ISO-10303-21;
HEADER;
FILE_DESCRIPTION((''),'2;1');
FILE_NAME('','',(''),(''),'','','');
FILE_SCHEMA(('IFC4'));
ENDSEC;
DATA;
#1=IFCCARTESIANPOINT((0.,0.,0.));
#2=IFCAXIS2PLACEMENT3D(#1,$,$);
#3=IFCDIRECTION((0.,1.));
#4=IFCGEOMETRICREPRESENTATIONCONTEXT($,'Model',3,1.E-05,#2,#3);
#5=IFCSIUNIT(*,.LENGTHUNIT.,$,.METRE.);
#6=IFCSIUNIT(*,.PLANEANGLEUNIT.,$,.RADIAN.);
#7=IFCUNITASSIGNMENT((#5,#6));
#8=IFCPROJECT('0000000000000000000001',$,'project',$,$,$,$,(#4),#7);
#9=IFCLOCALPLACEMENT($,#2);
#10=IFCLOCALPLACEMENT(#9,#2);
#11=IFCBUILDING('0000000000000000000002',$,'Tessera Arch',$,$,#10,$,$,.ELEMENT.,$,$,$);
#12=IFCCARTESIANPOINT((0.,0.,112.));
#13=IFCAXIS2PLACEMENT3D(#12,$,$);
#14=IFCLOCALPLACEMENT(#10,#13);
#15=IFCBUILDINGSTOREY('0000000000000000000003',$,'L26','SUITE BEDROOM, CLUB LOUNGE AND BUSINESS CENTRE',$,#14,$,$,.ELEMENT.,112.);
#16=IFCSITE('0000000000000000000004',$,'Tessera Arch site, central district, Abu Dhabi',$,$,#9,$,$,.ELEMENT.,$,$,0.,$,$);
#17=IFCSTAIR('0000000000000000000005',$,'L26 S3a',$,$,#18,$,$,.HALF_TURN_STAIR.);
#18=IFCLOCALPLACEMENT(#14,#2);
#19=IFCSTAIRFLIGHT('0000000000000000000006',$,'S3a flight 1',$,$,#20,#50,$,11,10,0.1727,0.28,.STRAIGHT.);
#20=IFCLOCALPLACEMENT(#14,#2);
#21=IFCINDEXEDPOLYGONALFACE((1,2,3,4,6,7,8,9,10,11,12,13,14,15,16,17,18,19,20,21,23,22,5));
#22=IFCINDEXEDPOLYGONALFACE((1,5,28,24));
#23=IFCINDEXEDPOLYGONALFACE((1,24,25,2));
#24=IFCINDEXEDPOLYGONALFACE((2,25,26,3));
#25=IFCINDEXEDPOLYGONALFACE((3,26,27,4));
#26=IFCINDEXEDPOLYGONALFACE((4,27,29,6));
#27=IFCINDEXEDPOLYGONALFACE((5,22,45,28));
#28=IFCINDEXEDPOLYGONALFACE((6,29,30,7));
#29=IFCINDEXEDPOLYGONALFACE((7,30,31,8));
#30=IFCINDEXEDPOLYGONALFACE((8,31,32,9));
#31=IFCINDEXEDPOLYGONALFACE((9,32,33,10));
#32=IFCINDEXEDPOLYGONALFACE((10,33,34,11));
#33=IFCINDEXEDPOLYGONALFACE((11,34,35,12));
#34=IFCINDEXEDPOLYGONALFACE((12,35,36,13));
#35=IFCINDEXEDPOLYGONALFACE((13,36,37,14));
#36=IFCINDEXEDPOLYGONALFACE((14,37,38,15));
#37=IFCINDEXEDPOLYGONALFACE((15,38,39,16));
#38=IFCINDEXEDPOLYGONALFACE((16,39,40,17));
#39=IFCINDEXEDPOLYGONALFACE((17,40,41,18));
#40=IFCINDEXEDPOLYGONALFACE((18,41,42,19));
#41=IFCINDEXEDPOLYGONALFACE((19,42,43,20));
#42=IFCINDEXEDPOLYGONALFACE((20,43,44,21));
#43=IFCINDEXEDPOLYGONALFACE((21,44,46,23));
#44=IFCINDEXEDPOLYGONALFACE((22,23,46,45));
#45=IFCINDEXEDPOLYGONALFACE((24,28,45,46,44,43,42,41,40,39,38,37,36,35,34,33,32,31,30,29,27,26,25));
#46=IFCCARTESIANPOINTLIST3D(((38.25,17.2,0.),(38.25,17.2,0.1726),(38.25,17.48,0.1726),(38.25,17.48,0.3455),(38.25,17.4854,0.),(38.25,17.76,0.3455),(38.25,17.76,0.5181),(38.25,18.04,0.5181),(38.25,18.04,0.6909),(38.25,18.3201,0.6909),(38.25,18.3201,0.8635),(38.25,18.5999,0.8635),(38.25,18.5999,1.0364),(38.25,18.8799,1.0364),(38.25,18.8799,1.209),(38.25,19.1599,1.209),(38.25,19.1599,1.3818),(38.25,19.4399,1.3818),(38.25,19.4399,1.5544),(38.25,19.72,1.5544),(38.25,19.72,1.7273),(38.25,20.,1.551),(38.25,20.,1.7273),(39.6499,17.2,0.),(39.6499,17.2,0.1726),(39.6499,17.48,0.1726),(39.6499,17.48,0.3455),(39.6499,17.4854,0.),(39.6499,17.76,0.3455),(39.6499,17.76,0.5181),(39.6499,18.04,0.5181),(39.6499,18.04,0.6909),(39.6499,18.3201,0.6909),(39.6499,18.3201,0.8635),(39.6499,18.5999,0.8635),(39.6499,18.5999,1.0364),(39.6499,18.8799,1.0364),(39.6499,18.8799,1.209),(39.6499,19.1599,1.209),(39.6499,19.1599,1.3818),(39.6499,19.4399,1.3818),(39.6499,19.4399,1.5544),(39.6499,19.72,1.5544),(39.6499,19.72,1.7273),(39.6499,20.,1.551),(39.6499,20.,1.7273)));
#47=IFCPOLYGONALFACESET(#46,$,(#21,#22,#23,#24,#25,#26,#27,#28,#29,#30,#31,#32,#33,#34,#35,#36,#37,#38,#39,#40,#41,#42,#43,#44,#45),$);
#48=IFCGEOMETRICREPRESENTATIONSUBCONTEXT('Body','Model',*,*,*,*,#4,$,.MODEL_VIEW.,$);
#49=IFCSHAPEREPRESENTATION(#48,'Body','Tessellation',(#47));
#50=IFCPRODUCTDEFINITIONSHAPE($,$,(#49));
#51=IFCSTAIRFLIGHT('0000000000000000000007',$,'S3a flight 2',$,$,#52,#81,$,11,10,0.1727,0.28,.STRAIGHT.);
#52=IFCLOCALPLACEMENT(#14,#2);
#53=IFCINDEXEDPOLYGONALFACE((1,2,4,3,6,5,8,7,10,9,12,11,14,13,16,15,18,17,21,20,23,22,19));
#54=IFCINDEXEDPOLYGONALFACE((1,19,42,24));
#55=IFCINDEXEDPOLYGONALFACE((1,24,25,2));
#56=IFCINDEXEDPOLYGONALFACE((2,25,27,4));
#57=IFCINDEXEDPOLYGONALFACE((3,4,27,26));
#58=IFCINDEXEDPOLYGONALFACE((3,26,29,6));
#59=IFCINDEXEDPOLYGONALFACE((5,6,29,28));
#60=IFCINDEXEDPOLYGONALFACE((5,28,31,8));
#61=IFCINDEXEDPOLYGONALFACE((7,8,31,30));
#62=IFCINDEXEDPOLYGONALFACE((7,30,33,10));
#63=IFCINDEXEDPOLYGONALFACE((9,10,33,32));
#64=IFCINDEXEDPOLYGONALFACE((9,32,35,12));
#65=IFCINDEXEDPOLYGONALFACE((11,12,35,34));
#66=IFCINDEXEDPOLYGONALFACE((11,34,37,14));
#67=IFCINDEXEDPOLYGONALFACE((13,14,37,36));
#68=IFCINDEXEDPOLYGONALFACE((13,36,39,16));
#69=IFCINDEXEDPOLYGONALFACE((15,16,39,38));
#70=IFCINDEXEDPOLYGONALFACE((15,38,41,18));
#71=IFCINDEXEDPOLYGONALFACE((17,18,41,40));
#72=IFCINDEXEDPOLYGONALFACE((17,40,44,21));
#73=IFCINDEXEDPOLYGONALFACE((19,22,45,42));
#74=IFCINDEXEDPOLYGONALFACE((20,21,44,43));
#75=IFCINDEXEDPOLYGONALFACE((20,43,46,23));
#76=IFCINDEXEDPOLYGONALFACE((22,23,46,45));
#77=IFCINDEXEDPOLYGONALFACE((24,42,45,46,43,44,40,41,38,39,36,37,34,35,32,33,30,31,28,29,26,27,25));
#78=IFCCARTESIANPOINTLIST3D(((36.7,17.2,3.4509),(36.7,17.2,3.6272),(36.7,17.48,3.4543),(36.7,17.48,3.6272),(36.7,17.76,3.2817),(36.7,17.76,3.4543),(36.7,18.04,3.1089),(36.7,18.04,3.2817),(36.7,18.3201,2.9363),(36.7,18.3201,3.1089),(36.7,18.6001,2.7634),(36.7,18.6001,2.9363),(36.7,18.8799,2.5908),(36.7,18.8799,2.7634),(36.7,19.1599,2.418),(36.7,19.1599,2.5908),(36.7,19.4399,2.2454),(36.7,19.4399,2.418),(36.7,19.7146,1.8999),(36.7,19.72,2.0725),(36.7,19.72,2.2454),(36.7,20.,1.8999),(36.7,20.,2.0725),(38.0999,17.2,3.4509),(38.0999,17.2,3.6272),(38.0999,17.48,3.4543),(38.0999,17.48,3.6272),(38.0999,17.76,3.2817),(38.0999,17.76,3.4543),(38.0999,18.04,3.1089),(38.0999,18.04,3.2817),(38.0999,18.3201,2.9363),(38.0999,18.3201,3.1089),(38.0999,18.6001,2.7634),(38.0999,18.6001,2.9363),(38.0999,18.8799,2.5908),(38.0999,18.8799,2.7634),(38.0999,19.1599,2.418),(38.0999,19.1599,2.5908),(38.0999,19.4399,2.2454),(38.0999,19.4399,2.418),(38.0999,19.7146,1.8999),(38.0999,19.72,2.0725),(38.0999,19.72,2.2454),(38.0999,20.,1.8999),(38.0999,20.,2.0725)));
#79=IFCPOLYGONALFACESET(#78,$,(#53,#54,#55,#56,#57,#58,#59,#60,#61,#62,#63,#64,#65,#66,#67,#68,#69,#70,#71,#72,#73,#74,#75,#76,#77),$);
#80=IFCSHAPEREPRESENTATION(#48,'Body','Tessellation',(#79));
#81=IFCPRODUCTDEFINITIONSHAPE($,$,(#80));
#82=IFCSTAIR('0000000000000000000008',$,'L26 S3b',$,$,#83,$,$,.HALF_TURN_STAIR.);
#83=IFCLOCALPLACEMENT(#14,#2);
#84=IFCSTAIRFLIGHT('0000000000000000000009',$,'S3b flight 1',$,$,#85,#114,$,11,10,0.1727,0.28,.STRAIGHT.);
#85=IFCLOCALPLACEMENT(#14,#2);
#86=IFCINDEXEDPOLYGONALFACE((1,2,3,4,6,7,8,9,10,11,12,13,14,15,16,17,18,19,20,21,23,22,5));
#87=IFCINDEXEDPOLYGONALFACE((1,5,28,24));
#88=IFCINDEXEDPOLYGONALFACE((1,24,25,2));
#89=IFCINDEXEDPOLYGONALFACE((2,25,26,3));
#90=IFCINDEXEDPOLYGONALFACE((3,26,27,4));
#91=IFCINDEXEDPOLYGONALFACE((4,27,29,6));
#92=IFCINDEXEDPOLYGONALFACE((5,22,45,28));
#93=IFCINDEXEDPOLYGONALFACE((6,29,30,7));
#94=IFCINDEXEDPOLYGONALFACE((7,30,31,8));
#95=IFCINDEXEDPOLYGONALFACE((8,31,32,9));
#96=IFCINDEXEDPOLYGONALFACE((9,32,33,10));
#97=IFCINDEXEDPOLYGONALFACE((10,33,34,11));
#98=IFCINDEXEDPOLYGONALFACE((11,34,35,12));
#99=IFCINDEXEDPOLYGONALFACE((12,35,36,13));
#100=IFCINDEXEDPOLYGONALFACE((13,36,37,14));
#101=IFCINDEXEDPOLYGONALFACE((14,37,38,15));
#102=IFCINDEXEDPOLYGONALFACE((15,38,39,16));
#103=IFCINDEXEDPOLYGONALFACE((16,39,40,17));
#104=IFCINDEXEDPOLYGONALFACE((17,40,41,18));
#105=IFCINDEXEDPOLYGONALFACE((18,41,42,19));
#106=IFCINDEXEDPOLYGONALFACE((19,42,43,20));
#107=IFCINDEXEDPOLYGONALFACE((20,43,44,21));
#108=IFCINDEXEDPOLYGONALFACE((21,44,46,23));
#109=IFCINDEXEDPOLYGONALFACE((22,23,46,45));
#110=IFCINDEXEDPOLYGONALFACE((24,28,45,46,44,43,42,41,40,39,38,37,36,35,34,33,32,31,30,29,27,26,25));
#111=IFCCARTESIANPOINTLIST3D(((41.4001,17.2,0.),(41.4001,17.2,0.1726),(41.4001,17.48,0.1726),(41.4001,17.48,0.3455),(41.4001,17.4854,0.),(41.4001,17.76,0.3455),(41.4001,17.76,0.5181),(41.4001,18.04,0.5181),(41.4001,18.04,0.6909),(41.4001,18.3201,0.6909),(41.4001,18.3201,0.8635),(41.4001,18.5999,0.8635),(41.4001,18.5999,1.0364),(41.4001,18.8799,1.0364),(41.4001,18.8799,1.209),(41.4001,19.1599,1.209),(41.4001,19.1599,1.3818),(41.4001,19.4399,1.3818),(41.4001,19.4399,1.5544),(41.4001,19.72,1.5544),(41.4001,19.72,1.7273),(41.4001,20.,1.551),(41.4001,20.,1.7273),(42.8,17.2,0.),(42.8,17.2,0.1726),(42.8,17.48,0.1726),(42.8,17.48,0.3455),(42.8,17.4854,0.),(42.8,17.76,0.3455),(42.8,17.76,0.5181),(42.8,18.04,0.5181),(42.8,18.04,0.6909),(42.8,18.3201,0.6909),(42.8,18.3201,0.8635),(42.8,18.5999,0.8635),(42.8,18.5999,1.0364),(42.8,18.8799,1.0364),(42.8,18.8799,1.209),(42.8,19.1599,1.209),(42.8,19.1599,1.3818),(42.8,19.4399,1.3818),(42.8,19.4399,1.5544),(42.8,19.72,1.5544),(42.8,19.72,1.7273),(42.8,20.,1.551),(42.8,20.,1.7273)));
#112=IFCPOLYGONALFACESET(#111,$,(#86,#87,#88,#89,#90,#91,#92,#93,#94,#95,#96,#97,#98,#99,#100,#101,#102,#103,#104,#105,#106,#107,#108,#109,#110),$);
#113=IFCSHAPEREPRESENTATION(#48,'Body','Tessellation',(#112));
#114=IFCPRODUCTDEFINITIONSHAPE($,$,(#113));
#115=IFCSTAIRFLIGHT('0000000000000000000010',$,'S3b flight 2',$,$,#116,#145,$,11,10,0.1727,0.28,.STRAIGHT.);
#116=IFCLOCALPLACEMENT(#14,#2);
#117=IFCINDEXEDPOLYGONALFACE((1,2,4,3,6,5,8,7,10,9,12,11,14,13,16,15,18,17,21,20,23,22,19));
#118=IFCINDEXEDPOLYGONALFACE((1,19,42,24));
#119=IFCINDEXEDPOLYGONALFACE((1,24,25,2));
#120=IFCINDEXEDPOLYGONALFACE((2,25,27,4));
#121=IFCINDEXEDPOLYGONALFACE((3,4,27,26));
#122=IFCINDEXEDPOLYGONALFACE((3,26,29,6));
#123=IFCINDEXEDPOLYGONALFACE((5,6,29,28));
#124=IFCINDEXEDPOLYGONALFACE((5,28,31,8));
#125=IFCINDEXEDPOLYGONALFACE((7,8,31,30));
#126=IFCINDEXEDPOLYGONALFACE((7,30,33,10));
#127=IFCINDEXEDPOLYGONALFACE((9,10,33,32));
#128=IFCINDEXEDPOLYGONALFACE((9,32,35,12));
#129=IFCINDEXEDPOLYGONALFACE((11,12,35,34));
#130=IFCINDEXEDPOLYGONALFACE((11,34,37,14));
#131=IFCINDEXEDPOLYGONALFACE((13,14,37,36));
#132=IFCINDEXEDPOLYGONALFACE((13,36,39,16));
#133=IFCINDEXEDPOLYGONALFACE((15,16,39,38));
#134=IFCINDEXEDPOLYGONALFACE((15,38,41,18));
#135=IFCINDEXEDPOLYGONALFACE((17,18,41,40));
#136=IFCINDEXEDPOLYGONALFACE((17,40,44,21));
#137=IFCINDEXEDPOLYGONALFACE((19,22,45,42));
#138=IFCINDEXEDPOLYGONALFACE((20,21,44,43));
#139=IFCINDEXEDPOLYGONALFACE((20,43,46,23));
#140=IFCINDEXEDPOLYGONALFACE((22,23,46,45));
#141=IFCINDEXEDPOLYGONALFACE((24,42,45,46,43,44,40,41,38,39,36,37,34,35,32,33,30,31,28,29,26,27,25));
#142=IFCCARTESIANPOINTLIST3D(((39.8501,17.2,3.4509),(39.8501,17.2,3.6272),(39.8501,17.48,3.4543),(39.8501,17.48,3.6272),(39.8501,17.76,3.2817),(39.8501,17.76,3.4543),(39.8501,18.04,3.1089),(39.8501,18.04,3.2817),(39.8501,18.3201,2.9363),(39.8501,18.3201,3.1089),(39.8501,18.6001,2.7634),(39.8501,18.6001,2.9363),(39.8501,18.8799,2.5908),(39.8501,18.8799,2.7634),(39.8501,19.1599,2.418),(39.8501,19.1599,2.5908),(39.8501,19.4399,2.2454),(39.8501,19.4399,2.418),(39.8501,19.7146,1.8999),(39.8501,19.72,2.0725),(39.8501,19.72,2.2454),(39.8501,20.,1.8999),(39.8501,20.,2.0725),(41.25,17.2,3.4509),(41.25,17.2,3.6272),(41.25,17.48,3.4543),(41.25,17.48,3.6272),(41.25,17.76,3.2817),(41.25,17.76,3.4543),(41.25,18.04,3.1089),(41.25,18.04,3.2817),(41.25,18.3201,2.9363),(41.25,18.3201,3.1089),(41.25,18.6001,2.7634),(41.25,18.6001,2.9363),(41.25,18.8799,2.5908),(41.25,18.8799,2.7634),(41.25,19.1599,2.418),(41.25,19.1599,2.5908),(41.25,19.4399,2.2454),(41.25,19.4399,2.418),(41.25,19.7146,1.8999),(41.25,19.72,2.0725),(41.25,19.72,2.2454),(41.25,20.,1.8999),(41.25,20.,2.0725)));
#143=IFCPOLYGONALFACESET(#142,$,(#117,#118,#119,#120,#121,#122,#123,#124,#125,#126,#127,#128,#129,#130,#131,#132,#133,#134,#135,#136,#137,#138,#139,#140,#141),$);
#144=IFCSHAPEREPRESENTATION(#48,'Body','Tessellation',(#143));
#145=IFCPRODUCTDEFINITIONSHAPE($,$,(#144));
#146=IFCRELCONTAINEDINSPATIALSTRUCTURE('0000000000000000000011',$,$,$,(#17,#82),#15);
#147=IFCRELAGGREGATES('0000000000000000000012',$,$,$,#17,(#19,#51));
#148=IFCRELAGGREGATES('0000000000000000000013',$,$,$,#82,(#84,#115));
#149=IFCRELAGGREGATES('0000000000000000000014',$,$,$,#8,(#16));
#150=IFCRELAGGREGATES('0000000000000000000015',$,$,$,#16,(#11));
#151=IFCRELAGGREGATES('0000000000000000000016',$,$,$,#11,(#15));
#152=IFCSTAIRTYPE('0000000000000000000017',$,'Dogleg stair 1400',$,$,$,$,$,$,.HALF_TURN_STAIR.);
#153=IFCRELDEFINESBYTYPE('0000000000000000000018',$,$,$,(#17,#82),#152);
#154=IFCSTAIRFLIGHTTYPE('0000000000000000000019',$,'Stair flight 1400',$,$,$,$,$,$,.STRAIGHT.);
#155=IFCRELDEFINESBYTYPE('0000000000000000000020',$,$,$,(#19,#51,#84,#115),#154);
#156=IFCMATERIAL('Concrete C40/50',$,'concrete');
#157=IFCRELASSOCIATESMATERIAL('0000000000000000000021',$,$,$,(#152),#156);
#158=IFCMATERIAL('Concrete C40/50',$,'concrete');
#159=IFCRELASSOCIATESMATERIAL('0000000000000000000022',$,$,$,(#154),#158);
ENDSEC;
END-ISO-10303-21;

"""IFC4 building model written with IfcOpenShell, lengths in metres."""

from ifc_helpers import new_model, si_unit, direction, frame, origin, place, context, subcontext, project, spatial, polyline, outline, extrude, material, type_object, element, aggregate, save


model = new_model("IFC4")

# Units and contexts
model_context = context("Model", 3, precision=1e-05, world=origin(), true_north=direction((0.0, 1.0)))
body_context = subcontext(model_context, "Body", "Model", "MODEL_VIEW")
ifc_project = project(units=[si_unit("LENGTHUNIT", "METRE"), si_unit("PLANEANGLEUNIT", "RADIAN")], contexts=[model_context])

# Site, building, storey
site_placement = place(None, origin())
site = spatial("IfcSite", under=ifc_project, at=site_placement, Name="Tessera Arch site, central district, Abu Dhabi", CompositionType="ELEMENT", RefElevation=0.0)
building_placement = place(site_placement, origin())
building = spatial("IfcBuilding", under=site, at=building_placement, Name="Tessera Arch", CompositionType="ELEMENT")
storey_placement = place(building_placement, frame((0.0, 0.0, 112.0)))
storey = spatial("IfcBuildingStorey", under=building, at=storey_placement, Name="L26", Description="SUITE BEDROOM, CLUB LOUNGE AND BUSINESS CENTRE", CompositionType="ELEMENT", Elevation=112.0)

# Stairs, stair flights
ifc_material_1 = material(Name="Concrete C40/50", Category="concrete")
stair_type = type_object("IfcStairType", Name="Dogleg stair 1400", PredefinedType="HALF_TURN_STAIR", material=ifc_material_1)
stair_1_placement = place(storey_placement, origin())
stair_1 = element("IfcStair", 1, at=stair_1_placement, inside=storey, type_object=stair_type, Name="L26 S3a", PredefinedType="HALF_TURN_STAIR")
ifc_material_2 = material(Name="Concrete C40/50", Category="concrete")
stair_flight_type = type_object("IfcStairFlightType", Name="Stair flight 1400", PredefinedType="STRAIGHT", material=ifc_material_2)
stair_flight_1_placement = place(storey_placement, frame((38.95, 17.2, 0.0), z_axis=(0.0, 0.0, 1.0), x_axis=(0.0, 1.0, 0.0)))
stair_flight_1 = element("IfcStairFlight", 2, at=stair_flight_1_placement, type_object=stair_flight_type, Name="S3a flight 1", NumberOfRisers=11, NumberOfTreads=10, PredefinedType="STRAIGHT", RiserHeight=0.1727, TreadLength=0.28, context=body_context, shape_type="SweptSolid", body=[
    extrude(outline(polyline([(0.0, 0.0), (0.0, 0.1726), (0.28, 0.1726), (0.28, 0.3455), (0.5601, 0.3455), (0.5601, 0.5181), (0.8401, 0.5181), (0.8401, 0.6909), (1.1201, 0.6909), (1.1201, 0.8635), (1.3999, 0.8635), (1.3999, 1.0364), (1.6799, 1.0364), (1.6799, 1.209), (1.96, 1.209), (1.96, 1.3818), (2.24, 1.3818), (2.24, 1.5544), (2.52, 1.5544), (2.52, 1.7273), (2.8, 1.7273), (2.8, 1.8999), (2.8, 1.551), (0.2854, 0.0), (0.0, 0.0)])), frame((0.0, 0.7, 0.0), z_axis=(0.0, -1.0, 0.0), x_axis=(1.0, 0.0, 0.0)), (0.0, 0.0, 1.0), 1.3999),
])
stair_flight_2_placement = place(storey_placement, frame((37.3999, 20.0, 1.8999), z_axis=(0.0, 0.0, 1.0), x_axis=(0.0, -1.0, 0.0)))
stair_flight_2 = element("IfcStairFlight", 3, at=stair_flight_2_placement, type_object=stair_flight_type, Name="S3a flight 2", NumberOfRisers=11, NumberOfTreads=10, PredefinedType="STRAIGHT", RiserHeight=0.1727, TreadLength=0.28, context=body_context, shape_type="SweptSolid", body=[
    extrude(outline(polyline([(0.0, 0.0), (0.0, 0.1726), (0.28, 0.1726), (0.28, 0.3455), (0.5601, 0.3455), (0.5601, 0.5181), (0.8401, 0.5181), (0.8401, 0.6909), (1.1201, 0.6909), (1.1201, 0.8635), (1.3999, 0.8635), (1.3999, 1.0364), (1.6799, 1.0364), (1.6799, 1.209), (1.96, 1.209), (1.96, 1.3818), (2.24, 1.3818), (2.24, 1.5544), (2.52, 1.5544), (2.52, 1.7273), (2.8, 1.7273), (2.8, 1.8999), (2.8, 1.551), (0.2854, 0.0), (0.0, 0.0)])), frame((0.0, 0.7, 0.0), z_axis=(0.0, -1.0, 0.0), x_axis=(1.0, 0.0, 0.0)), (0.0, 0.0, 1.0), 1.3999),
])
aggregate(stair_1, [stair_flight_1, stair_flight_2])
stair_2_placement = place(storey_placement, origin())
stair_2 = element("IfcStair", 4, at=stair_2_placement, inside=storey, type_object=stair_type, Name="L26 S3b", PredefinedType="HALF_TURN_STAIR")
stair_flight_3_placement = place(storey_placement, frame((42.1001, 17.2, 0.0), z_axis=(0.0, 0.0, 1.0), x_axis=(0.0, 1.0, 0.0)))
stair_flight_3 = element("IfcStairFlight", 5, at=stair_flight_3_placement, type_object=stair_flight_type, Name="S3b flight 1", NumberOfRisers=11, NumberOfTreads=10, PredefinedType="STRAIGHT", RiserHeight=0.1727, TreadLength=0.28, context=body_context, shape_type="SweptSolid", body=[
    extrude(outline(polyline([(0.0, 0.0), (0.0, 0.1726), (0.28, 0.1726), (0.28, 0.3455), (0.5601, 0.3455), (0.5601, 0.5181), (0.8401, 0.5181), (0.8401, 0.6909), (1.1201, 0.6909), (1.1201, 0.8635), (1.3999, 0.8635), (1.3999, 1.0364), (1.6799, 1.0364), (1.6799, 1.209), (1.96, 1.209), (1.96, 1.3818), (2.24, 1.3818), (2.24, 1.5544), (2.52, 1.5544), (2.52, 1.7273), (2.8, 1.7273), (2.8, 1.8999), (2.8, 1.551), (0.2854, 0.0), (0.0, 0.0)])), frame((0.0, 0.7, 0.0), z_axis=(0.0, -1.0, 0.0), x_axis=(1.0, 0.0, 0.0)), (0.0, 0.0, 1.0), 1.3999),
])
stair_flight_4_placement = place(storey_placement, frame((40.55, 20.0, 1.8999), z_axis=(0.0, 0.0, 1.0), x_axis=(0.0, -1.0, 0.0)))
stair_flight_4 = element("IfcStairFlight", 6, at=stair_flight_4_placement, type_object=stair_flight_type, Name="S3b flight 2", NumberOfRisers=11, NumberOfTreads=10, PredefinedType="STRAIGHT", RiserHeight=0.1727, TreadLength=0.28, context=body_context, shape_type="SweptSolid", body=[
    extrude(outline(polyline([(0.0, 0.0), (0.0, 0.1726), (0.28, 0.1726), (0.28, 0.3455), (0.5601, 0.3455), (0.5601, 0.5181), (0.8401, 0.5181), (0.8401, 0.6909), (1.1201, 0.6909), (1.1201, 0.8635), (1.3999, 0.8635), (1.3999, 1.0364), (1.6799, 1.0364), (1.6799, 1.209), (1.96, 1.209), (1.96, 1.3818), (2.24, 1.3818), (2.24, 1.5544), (2.52, 1.5544), (2.52, 1.7273), (2.8, 1.7273), (2.8, 1.8999), (2.8, 1.551), (0.2854, 0.0), (0.0, 0.0)])), frame((0.0, 0.7, 0.0), z_axis=(0.0, -1.0, 0.0), x_axis=(1.0, 0.0, 0.0)), (0.0, 0.0, 1.0), 1.3999),
])
aggregate(stair_2, [stair_flight_3, stair_flight_4])

save(model, "model.ifc")
